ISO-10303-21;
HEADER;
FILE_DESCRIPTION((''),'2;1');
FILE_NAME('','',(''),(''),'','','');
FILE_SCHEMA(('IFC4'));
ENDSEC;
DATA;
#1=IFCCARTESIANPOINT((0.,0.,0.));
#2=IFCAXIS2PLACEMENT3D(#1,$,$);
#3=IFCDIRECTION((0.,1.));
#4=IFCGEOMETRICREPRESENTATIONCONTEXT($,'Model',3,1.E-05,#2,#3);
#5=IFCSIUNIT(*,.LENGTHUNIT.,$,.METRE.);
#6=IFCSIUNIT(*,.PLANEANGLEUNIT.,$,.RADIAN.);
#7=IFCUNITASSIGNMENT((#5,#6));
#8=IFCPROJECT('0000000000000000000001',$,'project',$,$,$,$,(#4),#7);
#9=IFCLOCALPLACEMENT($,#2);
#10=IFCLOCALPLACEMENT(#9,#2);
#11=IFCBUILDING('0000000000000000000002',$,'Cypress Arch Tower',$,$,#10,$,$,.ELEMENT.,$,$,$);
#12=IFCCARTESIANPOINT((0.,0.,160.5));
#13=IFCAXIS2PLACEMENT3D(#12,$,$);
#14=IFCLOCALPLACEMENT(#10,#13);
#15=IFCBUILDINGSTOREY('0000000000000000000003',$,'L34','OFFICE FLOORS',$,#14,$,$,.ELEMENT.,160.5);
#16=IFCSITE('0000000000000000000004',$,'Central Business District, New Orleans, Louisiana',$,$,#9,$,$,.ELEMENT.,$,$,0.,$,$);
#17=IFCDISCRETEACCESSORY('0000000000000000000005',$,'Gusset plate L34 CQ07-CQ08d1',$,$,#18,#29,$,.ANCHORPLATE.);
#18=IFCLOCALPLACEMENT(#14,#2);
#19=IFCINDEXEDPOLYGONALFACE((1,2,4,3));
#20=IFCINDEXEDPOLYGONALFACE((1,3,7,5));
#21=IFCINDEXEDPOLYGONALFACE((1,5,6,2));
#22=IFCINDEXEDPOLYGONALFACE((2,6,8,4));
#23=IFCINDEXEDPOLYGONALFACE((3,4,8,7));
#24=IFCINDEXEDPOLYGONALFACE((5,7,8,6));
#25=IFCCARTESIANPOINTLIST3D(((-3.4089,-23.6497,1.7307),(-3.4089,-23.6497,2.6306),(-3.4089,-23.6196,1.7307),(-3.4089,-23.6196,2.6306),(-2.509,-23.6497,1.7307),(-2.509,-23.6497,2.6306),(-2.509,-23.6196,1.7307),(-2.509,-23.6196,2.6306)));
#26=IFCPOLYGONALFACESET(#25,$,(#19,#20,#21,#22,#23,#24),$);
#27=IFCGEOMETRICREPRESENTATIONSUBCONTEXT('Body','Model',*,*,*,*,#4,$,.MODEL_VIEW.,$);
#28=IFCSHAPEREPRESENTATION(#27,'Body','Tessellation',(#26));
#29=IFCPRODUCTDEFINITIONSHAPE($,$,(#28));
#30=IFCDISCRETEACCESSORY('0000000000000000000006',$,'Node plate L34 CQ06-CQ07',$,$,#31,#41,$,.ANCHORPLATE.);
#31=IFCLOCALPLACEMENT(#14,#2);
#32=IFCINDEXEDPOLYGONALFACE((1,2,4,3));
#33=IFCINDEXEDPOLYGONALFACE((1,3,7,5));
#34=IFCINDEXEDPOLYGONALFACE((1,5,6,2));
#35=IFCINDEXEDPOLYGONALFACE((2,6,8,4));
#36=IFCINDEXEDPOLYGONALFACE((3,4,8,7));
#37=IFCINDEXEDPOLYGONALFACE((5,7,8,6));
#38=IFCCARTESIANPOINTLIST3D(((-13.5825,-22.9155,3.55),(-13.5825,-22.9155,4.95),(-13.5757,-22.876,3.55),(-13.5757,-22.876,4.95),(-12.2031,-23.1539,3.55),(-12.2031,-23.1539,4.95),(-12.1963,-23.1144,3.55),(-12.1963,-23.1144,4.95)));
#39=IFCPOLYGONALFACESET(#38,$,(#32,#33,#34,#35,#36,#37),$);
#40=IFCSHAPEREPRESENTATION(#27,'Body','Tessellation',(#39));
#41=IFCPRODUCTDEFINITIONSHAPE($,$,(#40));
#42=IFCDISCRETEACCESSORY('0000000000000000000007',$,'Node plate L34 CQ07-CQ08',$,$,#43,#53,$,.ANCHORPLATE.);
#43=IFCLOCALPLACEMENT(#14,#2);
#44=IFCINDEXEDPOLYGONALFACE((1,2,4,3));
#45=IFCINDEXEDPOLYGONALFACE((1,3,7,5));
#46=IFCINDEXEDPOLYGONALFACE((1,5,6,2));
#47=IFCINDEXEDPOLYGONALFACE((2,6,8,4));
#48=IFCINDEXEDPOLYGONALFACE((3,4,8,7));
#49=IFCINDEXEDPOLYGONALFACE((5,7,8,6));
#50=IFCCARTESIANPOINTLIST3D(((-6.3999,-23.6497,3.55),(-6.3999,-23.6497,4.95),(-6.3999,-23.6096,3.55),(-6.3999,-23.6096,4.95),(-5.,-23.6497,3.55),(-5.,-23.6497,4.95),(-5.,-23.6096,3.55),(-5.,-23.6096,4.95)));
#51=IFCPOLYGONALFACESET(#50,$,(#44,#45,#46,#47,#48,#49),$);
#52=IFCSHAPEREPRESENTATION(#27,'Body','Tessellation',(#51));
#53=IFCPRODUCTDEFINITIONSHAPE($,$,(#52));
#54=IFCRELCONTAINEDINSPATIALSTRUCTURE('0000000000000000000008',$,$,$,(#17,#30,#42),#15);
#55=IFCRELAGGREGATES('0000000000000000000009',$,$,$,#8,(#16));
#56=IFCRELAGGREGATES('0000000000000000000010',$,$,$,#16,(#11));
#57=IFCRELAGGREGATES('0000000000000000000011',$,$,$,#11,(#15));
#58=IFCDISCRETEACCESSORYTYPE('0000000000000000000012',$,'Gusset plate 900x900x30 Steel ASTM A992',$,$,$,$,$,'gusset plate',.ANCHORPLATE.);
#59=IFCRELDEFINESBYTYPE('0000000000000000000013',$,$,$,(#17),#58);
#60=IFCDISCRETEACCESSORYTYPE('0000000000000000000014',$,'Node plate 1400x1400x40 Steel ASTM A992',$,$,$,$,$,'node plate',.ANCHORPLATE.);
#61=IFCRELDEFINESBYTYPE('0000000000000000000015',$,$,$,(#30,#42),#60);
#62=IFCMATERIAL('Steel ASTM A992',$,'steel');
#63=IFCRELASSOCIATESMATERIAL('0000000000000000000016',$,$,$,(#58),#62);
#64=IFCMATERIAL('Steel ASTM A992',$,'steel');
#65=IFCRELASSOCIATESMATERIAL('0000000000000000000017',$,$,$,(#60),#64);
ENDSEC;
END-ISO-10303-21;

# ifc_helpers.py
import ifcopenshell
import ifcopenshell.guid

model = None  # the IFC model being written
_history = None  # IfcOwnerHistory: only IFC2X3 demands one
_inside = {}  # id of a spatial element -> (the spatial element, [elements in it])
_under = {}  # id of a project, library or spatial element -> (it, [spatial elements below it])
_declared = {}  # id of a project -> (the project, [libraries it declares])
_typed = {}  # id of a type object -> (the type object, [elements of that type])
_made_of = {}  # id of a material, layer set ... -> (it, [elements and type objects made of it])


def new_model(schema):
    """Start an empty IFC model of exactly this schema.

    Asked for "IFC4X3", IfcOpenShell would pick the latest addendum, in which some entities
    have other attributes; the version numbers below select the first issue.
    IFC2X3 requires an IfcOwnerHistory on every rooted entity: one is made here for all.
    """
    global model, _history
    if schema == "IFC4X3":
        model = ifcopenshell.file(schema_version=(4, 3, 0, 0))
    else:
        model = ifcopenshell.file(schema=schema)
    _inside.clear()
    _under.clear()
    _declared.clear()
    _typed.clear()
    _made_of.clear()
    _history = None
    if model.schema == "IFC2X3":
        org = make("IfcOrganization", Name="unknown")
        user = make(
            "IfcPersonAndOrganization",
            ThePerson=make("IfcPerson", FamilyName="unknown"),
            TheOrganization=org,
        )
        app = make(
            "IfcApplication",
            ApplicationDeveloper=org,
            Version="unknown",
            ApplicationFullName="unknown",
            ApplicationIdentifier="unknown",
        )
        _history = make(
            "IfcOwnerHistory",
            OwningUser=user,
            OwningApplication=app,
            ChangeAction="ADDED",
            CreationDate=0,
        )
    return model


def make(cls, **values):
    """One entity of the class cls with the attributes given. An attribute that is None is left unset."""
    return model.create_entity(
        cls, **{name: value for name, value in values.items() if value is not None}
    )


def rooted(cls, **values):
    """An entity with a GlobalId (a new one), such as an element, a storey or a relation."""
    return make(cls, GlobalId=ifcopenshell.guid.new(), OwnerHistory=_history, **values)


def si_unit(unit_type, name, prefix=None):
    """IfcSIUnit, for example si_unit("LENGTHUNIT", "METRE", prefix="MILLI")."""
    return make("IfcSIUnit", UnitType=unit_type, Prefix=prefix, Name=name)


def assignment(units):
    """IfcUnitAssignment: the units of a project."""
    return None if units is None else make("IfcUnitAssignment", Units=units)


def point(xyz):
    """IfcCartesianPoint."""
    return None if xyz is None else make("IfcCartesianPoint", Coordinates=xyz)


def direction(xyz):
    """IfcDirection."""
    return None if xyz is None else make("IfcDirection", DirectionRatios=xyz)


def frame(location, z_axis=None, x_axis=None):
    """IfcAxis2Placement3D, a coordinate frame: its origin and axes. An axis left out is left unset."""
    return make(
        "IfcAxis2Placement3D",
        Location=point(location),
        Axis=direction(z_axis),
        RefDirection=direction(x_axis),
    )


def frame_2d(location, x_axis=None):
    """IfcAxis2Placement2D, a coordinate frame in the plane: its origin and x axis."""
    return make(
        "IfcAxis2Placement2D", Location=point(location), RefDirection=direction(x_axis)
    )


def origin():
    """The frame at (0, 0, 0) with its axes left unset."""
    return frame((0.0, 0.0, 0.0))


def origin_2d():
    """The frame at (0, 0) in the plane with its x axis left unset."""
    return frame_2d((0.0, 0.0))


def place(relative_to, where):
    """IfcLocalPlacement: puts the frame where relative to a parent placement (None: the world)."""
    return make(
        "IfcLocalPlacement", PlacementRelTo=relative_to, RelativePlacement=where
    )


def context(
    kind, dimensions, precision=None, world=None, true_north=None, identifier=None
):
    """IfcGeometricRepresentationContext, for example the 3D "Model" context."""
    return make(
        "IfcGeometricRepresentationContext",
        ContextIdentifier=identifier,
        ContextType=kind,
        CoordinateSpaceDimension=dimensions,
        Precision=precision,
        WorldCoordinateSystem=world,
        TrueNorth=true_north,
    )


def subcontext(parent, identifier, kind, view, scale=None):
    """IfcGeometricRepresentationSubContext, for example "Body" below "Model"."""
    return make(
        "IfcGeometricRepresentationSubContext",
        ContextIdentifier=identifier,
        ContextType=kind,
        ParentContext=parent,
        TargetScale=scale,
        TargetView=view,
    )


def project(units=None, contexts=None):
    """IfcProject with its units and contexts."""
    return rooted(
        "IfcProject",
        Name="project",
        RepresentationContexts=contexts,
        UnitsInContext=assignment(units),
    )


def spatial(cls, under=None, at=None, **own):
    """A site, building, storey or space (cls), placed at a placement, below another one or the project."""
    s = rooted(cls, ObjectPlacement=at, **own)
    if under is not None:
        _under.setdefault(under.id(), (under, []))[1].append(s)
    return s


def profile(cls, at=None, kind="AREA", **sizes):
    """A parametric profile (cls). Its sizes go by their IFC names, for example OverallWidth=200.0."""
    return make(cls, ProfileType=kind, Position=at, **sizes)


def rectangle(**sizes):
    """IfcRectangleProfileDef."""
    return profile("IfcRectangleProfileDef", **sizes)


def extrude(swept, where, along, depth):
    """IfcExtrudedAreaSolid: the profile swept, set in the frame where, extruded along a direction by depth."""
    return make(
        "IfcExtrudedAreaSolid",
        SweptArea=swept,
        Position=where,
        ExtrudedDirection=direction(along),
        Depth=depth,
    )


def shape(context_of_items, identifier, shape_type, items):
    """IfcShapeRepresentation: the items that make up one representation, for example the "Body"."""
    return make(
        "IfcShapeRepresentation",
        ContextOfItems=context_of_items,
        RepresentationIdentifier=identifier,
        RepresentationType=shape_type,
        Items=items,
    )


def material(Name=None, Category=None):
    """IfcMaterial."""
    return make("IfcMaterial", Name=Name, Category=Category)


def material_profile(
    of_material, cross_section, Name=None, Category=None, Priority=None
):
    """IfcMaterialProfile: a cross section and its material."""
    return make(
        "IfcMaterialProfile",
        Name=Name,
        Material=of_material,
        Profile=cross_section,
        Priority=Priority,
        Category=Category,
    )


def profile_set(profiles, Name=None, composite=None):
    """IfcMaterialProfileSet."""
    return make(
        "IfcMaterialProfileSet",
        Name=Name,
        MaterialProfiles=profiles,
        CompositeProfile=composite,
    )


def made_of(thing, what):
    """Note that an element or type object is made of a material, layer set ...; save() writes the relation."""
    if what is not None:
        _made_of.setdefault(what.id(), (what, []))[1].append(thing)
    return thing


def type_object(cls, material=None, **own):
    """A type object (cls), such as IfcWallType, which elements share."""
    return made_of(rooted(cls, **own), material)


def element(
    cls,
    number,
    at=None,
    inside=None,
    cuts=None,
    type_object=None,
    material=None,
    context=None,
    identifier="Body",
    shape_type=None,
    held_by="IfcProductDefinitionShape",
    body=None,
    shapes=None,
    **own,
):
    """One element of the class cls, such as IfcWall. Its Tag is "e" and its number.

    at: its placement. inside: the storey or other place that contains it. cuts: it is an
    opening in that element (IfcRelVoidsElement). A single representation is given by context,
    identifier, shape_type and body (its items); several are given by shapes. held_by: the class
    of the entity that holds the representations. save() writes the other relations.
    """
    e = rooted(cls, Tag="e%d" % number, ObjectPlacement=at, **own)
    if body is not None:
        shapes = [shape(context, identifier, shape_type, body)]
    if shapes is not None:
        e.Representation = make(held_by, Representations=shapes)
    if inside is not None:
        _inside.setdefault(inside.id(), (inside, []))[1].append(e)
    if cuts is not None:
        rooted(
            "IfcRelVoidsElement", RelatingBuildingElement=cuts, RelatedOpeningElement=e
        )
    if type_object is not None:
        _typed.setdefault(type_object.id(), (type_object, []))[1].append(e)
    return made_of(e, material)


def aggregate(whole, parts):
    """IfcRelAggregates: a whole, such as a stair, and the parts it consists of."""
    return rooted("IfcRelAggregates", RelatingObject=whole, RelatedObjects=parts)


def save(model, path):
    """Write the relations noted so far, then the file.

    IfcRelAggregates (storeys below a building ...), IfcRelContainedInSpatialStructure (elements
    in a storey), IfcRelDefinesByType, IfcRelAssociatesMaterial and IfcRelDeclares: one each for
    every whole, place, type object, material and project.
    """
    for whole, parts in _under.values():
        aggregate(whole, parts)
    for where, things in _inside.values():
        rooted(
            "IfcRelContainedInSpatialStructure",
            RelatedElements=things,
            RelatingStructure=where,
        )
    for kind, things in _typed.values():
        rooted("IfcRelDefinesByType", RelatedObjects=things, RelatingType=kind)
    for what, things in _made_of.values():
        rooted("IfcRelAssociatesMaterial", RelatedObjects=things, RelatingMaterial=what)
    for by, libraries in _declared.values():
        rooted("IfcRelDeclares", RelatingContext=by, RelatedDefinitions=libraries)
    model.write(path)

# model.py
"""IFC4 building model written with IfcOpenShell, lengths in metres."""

from ifc_helpers import new_model, si_unit, direction, frame, origin, origin_2d, place, context, subcontext, project, spatial, rectangle, extrude, material, material_profile, profile_set, type_object, element, save


model = new_model("IFC4")

# Units and contexts
model_context = context("Model", 3, precision=1e-05, world=origin(), true_north=direction((0.0, 1.0)))
body_context = subcontext(model_context, "Body", "Model", "MODEL_VIEW")
ifc_project = project(units=[si_unit("LENGTHUNIT", "METRE"), si_unit("PLANEANGLEUNIT", "RADIAN")], contexts=[model_context])

# Site, building, storey
site_placement = place(None, origin())
site = spatial("IfcSite", under=ifc_project, at=site_placement, Name="Central Business District, New Orleans, Louisiana", CompositionType="ELEMENT", RefElevation=0.0)
building_placement = place(site_placement, origin())
building = spatial("IfcBuilding", under=site, at=building_placement, Name="Cypress Arch Tower", CompositionType="ELEMENT")
storey_placement = place(building_placement, frame((0.0, 0.0, 160.5)))
storey = spatial("IfcBuildingStorey", under=building, at=storey_placement, Name="L34", Description="OFFICE FLOORS", CompositionType="ELEMENT", Elevation=160.5)

# Discrete accessories
ifc_material_1 = material(Name="Steel ASTM A992", Category="steel")
ifc_material_profile_1 = material_profile(ifc_material_1, rectangle(XDim=0.8999, YDim=0.8999, at=origin_2d()), Name="PL 30 900x900")
ifc_profile_set_1 = profile_set([ifc_material_profile_1], Name="Steel ASTM A992")
discrete_accessory_type_1 = type_object("IfcDiscreteAccessoryType", Name="Gusset plate 900x900x30 Steel ASTM A992", ElementType="gusset plate", PredefinedType="ANCHORPLATE", material=ifc_profile_set_1)
for number, where, z_axis, x_axis, name in (
    (1, (-2.959, -23.6497, 2.1807), (0.0, 1.0, 0.0), (-1.0, 0.0, 0.0), "Gusset plate L34 CQ07-CQ08d1"),
):
    element("IfcDiscreteAccessory", number, at=place(storey_placement, frame(where, z_axis=z_axis, x_axis=x_axis)), inside=storey, type_object=discrete_accessory_type_1, Name=name, PredefinedType="ANCHORPLATE", context=body_context, shape_type="SweptSolid", body=[
        extrude(rectangle(XDim=0.8999, YDim=0.8999, at=origin_2d()), origin(), (0.0, 0.0, 1.0), 0.03),
    ])
ifc_material_2 = material(Name="Steel ASTM A992", Category="steel")
ifc_material_profile_2 = material_profile(ifc_material_2, rectangle(XDim=1.3999, YDim=1.3999, at=origin_2d()), Name="PL 40 1400x1400")
ifc_profile_set_2 = profile_set([ifc_material_profile_2], Name="Steel ASTM A992")
discrete_accessory_type_2 = type_object("IfcDiscreteAccessoryType", Name="Node plate 1400x1400x40 Steel ASTM A992", ElementType="node plate", PredefinedType="ANCHORPLATE", material=ifc_profile_set_2)
for number, where, z_axis, x_axis, name in (
    (2, (-12.8928, -23.0347, 4.25), (0.170314, 0.98539, 0.0), (-0.98539, 0.170314, 0.0), "Node plate L34 CQ06-CQ07"),
    (3, (-5.7, -23.6497, 4.25), (0.0, 1.0, 0.0), (-1.0, 0.0, 0.0), "Node plate L34 CQ07-CQ08"),
):
    element("IfcDiscreteAccessory", number, at=place(storey_placement, frame(where, z_axis=z_axis, x_axis=x_axis)), inside=storey, type_object=discrete_accessory_type_2, Name=name, PredefinedType="ANCHORPLATE", context=body_context, shape_type="SweptSolid", body=[
        extrude(rectangle(XDim=1.3999, YDim=1.3999, at=origin_2d()), origin(), (0.0, 0.0, 1.0), 0.04),
    ])

save(model, "model.ifc")
